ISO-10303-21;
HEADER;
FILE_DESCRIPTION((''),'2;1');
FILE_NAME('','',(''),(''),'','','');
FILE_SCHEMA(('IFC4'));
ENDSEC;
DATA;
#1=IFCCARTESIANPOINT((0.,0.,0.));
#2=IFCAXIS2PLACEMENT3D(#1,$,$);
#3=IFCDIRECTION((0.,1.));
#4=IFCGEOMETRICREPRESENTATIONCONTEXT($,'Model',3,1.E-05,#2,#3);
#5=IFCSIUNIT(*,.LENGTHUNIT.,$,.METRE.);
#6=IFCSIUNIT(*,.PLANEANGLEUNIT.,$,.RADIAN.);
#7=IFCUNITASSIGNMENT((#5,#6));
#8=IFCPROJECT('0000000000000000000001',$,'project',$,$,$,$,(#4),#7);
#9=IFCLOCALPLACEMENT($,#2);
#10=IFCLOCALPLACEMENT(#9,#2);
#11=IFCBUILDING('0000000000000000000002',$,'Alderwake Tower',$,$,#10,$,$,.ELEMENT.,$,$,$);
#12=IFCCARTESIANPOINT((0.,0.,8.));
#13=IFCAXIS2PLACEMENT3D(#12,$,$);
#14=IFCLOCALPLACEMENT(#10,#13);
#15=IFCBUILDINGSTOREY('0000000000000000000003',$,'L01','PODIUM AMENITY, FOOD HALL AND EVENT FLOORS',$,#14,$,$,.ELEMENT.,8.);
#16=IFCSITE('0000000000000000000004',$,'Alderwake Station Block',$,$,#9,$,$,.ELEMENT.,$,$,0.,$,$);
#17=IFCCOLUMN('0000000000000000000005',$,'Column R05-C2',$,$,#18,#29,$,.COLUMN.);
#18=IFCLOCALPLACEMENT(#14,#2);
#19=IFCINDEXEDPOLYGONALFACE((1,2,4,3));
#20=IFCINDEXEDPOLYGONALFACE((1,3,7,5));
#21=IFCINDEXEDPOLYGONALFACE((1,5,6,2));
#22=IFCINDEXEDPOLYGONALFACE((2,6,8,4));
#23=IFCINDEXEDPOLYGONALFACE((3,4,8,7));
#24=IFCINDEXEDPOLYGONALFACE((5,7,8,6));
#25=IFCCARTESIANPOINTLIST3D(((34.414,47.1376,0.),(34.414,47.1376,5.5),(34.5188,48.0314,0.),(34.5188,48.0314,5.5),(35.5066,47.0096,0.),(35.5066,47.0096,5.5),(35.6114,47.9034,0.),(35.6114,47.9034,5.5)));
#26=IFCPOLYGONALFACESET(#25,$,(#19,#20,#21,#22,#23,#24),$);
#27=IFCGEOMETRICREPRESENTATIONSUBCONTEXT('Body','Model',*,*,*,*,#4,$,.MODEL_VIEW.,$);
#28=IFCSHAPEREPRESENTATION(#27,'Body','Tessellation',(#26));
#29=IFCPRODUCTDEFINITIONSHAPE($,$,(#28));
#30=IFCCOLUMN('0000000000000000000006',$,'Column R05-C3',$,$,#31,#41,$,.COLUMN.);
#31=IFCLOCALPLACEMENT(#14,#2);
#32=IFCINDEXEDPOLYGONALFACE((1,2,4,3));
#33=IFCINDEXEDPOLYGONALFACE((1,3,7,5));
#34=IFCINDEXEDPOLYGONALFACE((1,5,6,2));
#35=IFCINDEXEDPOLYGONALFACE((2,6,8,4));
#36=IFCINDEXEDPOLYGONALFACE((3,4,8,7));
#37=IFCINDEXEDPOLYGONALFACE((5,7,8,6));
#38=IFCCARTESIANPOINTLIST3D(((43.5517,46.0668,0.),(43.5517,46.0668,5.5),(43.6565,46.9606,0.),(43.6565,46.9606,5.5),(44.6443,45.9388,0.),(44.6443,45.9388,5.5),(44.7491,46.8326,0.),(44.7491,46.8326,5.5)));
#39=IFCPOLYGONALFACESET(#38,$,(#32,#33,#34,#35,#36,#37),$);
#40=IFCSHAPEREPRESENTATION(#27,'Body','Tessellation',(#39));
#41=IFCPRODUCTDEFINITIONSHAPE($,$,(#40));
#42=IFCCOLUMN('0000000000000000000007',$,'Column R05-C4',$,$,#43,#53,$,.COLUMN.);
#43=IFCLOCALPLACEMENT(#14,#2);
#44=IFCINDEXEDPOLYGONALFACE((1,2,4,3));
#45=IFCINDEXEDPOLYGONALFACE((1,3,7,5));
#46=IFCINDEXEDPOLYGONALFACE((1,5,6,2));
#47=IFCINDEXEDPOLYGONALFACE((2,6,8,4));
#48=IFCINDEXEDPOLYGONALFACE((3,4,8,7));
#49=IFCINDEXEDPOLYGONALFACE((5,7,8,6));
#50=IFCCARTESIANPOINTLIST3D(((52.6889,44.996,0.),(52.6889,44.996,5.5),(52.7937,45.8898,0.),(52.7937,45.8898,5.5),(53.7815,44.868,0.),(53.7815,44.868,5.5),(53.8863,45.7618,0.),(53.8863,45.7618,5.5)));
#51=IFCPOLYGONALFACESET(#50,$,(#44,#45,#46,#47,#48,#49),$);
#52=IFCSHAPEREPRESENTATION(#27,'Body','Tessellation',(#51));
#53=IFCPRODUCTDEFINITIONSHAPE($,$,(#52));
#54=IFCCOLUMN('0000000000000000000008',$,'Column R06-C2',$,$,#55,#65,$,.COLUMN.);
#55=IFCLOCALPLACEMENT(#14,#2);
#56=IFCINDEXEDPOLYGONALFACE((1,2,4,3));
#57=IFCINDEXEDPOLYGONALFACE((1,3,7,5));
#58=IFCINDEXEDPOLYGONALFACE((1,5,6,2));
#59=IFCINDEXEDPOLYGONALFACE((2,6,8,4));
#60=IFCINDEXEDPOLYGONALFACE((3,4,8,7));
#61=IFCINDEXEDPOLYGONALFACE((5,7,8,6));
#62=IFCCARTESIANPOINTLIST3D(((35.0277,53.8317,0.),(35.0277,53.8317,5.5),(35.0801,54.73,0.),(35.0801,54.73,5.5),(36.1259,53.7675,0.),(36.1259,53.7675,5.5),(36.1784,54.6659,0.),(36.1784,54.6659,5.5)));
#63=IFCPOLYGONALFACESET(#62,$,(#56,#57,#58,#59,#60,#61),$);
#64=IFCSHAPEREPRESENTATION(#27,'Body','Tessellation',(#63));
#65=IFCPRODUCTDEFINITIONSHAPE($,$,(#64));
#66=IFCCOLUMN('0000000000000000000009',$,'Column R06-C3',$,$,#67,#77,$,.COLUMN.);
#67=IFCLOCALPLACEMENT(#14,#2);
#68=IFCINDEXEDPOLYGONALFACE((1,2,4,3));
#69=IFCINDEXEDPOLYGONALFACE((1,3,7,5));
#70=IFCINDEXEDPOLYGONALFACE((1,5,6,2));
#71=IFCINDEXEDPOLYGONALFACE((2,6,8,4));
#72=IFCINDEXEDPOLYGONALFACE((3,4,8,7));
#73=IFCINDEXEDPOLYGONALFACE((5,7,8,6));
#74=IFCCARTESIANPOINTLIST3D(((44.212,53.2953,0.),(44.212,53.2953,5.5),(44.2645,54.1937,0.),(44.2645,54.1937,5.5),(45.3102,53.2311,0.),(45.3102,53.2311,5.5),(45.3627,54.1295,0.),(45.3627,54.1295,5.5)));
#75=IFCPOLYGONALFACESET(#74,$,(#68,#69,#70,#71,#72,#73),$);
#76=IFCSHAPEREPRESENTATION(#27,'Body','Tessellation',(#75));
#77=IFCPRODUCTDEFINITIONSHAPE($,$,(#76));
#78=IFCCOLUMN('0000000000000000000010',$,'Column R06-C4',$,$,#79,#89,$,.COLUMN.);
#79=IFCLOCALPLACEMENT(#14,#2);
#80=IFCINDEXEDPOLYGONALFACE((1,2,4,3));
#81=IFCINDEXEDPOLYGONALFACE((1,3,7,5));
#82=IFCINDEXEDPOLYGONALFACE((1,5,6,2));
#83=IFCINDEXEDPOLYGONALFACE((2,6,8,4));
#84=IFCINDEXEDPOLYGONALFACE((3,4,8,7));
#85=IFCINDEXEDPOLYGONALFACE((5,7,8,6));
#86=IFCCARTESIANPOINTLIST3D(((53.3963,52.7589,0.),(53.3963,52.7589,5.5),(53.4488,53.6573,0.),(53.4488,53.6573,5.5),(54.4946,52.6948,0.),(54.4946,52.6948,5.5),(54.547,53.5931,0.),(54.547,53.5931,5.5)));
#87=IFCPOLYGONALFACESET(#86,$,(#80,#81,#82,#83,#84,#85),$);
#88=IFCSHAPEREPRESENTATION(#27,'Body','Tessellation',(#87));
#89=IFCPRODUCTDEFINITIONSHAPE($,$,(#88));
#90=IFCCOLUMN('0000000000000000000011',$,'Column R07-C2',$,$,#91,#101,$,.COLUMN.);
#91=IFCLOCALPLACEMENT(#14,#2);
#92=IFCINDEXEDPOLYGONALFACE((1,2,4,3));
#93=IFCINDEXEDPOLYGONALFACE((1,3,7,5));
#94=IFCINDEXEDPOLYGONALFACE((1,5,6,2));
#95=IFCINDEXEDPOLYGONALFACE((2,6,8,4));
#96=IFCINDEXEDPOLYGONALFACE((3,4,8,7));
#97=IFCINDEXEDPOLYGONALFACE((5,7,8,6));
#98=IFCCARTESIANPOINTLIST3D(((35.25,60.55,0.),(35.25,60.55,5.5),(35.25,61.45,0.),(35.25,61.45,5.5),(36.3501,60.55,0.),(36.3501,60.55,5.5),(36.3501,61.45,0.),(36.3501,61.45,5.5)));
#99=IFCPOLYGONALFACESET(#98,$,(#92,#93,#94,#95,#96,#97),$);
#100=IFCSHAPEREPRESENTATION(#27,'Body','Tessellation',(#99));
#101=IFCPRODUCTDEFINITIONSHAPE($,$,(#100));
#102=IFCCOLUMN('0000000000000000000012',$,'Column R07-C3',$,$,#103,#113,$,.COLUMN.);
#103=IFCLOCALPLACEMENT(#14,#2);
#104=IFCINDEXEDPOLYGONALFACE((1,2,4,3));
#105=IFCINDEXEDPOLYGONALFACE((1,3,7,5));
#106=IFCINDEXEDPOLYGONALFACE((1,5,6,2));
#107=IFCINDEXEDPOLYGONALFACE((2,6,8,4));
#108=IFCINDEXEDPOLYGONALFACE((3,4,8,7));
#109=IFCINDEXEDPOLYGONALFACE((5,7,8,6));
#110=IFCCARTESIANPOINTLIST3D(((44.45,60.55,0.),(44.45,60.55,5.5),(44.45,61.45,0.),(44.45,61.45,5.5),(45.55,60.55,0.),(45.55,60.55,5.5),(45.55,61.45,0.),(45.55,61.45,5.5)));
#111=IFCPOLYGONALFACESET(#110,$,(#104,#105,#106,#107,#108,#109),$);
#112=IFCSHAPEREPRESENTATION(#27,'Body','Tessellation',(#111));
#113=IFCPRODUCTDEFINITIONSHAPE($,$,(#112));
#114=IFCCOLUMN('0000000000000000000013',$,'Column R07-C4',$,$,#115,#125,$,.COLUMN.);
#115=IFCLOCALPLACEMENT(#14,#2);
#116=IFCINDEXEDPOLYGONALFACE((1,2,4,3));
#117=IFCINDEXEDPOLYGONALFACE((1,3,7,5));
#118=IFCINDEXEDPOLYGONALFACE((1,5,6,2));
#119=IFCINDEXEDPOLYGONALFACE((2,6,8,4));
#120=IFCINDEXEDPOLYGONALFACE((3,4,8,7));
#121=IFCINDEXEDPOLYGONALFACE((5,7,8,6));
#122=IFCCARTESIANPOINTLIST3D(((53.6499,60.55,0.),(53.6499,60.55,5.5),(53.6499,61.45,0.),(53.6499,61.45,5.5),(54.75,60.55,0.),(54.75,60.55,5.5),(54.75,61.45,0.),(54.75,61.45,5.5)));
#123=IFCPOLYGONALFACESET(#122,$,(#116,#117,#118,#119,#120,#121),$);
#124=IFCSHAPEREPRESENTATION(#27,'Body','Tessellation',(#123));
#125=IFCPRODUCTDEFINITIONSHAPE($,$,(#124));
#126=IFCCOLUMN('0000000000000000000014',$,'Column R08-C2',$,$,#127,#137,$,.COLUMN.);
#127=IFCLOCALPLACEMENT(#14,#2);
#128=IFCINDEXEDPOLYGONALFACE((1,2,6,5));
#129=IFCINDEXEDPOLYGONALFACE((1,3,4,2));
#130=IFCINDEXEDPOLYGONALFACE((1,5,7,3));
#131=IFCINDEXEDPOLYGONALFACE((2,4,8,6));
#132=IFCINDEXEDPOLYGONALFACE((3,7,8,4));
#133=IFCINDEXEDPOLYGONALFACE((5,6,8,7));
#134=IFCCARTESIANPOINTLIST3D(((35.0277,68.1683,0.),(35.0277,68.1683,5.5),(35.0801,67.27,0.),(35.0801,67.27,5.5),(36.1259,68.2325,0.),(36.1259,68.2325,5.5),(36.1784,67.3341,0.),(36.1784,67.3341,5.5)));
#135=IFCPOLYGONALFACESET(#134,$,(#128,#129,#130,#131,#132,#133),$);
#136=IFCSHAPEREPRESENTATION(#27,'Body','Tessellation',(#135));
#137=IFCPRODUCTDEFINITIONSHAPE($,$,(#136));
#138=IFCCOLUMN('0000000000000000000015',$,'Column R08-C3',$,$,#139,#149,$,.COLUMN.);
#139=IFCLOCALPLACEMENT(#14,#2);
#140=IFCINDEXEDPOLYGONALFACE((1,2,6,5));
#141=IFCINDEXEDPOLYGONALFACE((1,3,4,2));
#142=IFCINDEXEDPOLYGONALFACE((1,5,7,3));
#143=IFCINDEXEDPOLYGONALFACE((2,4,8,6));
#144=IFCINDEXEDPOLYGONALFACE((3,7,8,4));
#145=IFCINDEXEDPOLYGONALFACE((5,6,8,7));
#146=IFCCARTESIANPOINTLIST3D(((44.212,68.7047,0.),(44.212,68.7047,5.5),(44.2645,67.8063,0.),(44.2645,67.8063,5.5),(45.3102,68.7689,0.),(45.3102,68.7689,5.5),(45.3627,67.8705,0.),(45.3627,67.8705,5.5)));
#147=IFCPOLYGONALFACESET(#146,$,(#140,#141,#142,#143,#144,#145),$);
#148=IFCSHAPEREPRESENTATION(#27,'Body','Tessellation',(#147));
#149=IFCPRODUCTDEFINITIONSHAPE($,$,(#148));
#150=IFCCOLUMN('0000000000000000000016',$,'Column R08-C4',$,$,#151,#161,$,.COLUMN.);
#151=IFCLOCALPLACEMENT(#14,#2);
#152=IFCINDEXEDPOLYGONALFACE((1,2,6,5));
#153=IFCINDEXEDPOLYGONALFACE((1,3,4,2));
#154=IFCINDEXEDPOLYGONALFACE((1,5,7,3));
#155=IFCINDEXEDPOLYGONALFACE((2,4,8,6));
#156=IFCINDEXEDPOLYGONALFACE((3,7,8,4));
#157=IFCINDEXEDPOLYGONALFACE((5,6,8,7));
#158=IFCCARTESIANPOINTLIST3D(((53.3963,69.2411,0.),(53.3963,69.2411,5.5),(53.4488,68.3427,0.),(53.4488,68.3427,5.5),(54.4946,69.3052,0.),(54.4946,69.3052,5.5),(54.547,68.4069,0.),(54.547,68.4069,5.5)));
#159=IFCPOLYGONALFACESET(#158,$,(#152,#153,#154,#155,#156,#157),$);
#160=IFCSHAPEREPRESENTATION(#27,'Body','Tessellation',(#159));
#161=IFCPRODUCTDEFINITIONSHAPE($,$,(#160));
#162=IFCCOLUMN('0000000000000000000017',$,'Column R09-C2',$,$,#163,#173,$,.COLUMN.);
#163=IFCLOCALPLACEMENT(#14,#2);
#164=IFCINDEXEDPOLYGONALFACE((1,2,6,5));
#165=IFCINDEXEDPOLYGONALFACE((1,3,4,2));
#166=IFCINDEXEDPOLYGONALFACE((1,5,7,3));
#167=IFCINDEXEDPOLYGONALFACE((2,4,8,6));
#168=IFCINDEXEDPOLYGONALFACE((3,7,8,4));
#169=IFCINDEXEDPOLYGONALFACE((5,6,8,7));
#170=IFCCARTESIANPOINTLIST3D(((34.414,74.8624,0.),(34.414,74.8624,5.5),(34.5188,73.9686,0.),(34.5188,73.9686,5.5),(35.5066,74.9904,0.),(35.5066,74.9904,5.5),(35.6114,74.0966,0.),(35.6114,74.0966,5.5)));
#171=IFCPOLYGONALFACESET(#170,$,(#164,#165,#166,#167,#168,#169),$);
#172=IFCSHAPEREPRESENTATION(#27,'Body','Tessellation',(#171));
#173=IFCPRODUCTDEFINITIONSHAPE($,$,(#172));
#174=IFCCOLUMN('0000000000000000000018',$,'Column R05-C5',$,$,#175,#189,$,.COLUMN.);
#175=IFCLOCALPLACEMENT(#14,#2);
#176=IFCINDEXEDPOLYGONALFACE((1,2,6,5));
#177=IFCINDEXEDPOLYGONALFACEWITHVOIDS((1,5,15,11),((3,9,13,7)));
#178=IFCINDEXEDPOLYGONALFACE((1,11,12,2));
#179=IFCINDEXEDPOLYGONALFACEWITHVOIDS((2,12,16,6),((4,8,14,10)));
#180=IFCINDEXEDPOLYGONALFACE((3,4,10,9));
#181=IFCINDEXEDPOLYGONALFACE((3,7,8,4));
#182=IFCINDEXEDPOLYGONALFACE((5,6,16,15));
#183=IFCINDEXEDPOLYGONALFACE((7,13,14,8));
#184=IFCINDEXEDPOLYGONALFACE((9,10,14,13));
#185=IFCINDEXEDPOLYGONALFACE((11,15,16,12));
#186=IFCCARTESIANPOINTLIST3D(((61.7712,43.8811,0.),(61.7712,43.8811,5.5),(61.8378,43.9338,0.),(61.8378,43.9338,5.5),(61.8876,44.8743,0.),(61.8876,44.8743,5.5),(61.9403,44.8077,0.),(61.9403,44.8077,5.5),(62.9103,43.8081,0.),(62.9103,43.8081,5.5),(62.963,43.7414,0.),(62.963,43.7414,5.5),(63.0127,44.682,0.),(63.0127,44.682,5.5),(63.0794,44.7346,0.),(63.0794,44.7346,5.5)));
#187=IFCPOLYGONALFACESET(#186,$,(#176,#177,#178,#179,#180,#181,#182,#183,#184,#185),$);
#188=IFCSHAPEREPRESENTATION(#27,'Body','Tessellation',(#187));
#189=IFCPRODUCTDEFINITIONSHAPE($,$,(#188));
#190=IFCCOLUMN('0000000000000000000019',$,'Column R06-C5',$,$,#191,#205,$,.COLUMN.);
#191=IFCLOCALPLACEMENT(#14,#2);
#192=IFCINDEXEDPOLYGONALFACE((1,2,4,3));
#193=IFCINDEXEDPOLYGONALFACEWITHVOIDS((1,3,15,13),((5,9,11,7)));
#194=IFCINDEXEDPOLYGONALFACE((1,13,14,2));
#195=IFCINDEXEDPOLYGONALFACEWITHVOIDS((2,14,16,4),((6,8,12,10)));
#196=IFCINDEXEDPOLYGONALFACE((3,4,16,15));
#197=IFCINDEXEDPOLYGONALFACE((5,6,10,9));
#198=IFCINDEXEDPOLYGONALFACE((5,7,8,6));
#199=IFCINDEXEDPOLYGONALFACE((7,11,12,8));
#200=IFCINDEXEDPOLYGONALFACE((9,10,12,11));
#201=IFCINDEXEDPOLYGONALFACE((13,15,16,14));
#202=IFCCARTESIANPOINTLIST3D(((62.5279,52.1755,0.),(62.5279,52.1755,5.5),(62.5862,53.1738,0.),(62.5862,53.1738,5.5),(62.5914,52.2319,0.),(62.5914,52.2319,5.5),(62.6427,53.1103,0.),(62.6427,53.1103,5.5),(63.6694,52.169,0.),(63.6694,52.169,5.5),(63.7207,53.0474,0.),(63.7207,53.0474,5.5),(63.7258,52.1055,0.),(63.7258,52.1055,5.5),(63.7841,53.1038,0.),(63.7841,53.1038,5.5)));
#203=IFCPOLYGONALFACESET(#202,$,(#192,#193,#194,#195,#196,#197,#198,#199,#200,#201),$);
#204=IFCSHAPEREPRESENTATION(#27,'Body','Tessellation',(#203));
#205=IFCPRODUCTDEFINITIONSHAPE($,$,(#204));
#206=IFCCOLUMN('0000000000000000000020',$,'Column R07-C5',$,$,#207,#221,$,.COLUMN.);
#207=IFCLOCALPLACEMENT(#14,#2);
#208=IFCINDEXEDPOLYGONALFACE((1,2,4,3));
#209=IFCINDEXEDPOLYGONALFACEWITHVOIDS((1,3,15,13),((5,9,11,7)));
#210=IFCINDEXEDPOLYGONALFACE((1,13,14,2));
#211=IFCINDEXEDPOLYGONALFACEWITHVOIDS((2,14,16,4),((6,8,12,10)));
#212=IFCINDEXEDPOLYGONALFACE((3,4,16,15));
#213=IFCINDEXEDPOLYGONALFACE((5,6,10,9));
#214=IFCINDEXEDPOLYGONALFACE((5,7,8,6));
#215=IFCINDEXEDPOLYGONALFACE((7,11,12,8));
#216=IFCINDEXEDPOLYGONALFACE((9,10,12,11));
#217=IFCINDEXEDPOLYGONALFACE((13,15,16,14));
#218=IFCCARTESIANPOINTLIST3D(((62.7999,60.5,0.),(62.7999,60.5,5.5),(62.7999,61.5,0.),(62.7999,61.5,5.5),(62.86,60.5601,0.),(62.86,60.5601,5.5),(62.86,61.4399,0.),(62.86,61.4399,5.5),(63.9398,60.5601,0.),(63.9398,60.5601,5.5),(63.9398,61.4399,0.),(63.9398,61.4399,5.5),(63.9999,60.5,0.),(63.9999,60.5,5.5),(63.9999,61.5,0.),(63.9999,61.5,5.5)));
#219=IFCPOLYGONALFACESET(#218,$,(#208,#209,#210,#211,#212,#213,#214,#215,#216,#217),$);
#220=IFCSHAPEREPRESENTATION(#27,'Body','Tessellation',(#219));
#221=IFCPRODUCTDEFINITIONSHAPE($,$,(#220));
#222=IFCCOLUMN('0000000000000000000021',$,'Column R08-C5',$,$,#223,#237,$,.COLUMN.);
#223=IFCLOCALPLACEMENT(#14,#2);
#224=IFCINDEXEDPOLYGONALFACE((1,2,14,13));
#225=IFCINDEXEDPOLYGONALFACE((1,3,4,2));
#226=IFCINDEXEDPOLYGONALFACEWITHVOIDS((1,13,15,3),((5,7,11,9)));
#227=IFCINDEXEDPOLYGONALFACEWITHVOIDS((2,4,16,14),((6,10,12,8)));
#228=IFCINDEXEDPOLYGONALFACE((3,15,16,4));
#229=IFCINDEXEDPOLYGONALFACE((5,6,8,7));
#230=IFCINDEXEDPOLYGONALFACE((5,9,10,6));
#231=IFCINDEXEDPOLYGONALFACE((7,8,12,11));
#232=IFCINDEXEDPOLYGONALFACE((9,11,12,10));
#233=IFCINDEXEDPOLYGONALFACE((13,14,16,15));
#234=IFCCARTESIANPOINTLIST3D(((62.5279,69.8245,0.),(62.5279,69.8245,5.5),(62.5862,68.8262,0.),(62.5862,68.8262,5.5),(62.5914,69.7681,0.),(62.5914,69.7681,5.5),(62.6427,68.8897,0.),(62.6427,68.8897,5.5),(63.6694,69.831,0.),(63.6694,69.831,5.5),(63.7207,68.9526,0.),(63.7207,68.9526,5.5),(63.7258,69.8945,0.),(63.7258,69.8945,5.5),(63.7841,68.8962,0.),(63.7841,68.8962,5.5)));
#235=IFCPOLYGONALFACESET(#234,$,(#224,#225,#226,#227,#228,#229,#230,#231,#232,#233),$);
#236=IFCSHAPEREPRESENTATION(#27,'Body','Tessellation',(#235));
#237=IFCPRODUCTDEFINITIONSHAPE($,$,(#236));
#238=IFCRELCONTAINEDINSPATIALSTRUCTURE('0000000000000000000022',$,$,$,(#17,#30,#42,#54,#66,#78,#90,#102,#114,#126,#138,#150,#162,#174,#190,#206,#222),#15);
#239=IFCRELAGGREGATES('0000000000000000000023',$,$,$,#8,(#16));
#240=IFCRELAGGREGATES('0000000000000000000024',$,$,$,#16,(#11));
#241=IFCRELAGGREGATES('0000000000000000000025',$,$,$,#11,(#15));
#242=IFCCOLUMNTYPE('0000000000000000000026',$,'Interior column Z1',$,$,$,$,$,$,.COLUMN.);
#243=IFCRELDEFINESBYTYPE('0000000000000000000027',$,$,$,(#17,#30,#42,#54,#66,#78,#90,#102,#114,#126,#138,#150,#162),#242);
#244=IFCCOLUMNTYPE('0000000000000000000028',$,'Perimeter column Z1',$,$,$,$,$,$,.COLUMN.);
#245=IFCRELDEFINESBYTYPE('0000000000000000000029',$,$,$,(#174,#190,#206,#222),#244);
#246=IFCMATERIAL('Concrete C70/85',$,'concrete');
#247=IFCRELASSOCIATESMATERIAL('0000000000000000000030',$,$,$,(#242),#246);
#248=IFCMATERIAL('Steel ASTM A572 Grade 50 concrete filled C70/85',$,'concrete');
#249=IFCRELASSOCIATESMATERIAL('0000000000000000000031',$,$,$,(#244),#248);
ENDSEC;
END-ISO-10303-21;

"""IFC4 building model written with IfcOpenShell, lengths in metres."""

from ifc_helpers import new_model, si_unit, direction, frame, origin, origin_2d, place, context, subcontext, project, spatial, rectangle, hollow_rectangle, extrude, material, material_profile, profile_set, type_object, element, save


model = new_model("IFC4")

# Units and contexts
model_context = context("Model", 3, precision=1e-05, world=origin(), true_north=direction((0.0, 1.0)))
body_context = subcontext(model_context, "Body", "Model", "MODEL_VIEW")
ifc_project = project(units=[si_unit("LENGTHUNIT", "METRE"), si_unit("PLANEANGLEUNIT", "RADIAN")], contexts=[model_context])

# Site, building, storey
site_placement = place(None, origin())
site = spatial("IfcSite", under=ifc_project, at=site_placement, Name="Alderwake Station Block", CompositionType="ELEMENT", RefElevation=0.0)
building_placement = place(site_placement, origin())
building = spatial("IfcBuilding", under=site, at=building_placement, Name="Alderwake Tower", CompositionType="ELEMENT")
storey_placement = place(building_placement, frame((0.0, 0.0, 8.0)))
storey = spatial("IfcBuildingStorey", under=building, at=storey_placement, Name="L01", Description="PODIUM AMENITY, FOOD HALL AND EVENT FLOORS", CompositionType="ELEMENT", Elevation=8.0)

# Columns
ifc_material_1 = material(Name="Concrete C70/85", Category="concrete")
ifc_material_profile_1 = material_profile(ifc_material_1, rectangle(XDim=0.8999, YDim=1.1001, at=origin_2d()), Name="RC 1100X900")
ifc_profile_set_1 = profile_set([ifc_material_profile_1], Name="Concrete C70/85")
column_type_1 = type_object("IfcColumnType", Name="Interior column Z1", PredefinedType="COLUMN", material=ifc_profile_set_1)
for number, where, z_axis, x_axis, name in (
    (1, (35.0127, 47.5205, 0.0), (0.0, 0.0, 1.0), (0.116402, 0.993202, 0.0), "Column R05-C2"),
    (2, (44.1504, 46.4497, 0.0), (0.0, 0.0, 1.0), (0.116402, 0.993202, 0.0), "Column R05-C3"),
    (3, (53.2876, 45.3789, 0.0), (0.0, 0.0, 1.0), (0.116402, 0.993202, 0.0), "Column R05-C4"),
    (4, (35.603, 54.2488, 0.0), (0.0, 0.0, 1.0), (0.058301, 0.998299, 0.0), "Column R06-C2"),
    (5, (44.7874, 53.7124, 0.0), (0.0, 0.0, 1.0), (0.058299, 0.998299, 0.0), "Column R06-C3"),
    (6, (53.9717, 53.176, 0.0), (0.0, 0.0, 1.0), (0.058301, 0.998299, 0.0), "Column R06-C4"),
    (7, (35.8, 61.0, 0.0), (0.0, 0.0, 1.0), (0.0, 1.0, 0.0), "Column R07-C2"),
    (8, (45.0, 61.0, 0.0), (0.0, 0.0, 1.0), (0.0, 1.0, 0.0), "Column R07-C3"),
    (9, (54.2, 61.0, 0.0), (0.0, 0.0, 1.0), (0.0, 1.0, 0.0), "Column R07-C4"),
    (10, (35.603, 67.7512, 0.0), (0.0, 0.0, 1.0), (-0.058301, 0.998299, 0.0), "Column R08-C2"),
    (11, (44.7874, 68.2876, 0.0), (0.0, 0.0, 1.0), (-0.058299, 0.998299, 0.0), "Column R08-C3"),
    (12, (53.9717, 68.824, 0.0), (0.0, 0.0, 1.0), (-0.058301, 0.998299, 0.0), "Column R08-C4"),
    (13, (35.0127, 74.4795, 0.0), (0.0, 0.0, 1.0), (-0.116402, 0.993202, 0.0), "Column R09-C2"),
):
    element("IfcColumn", number, at=place(storey_placement, frame(where, z_axis=z_axis, x_axis=x_axis)), inside=storey, type_object=column_type_1, Name=name, PredefinedType="COLUMN", context=body_context, shape_type="SweptSolid", body=[
        extrude(rectangle(XDim=0.8999, YDim=1.1001, at=origin_2d()), origin(), (0.0, 0.0, 1.0), 5.5),
    ])
ifc_material_2 = material(Name="Steel ASTM A572 Grade 50 concrete filled C70/85", Category="concrete")
ifc_material_profile_2 = material_profile(ifc_material_2, hollow_rectangle(XDim=1.0, YDim=1.2, WallThickness=0.0601, at=origin_2d()), Name="BOX 1200X1000X60")
ifc_profile_set_2 = profile_set([ifc_material_profile_2], Name="Steel ASTM A572 Grade 50 concrete filled C70/85")
column_type_2 = type_object("IfcColumnType", Name="Perimeter column Z1", PredefinedType="COLUMN", material=ifc_profile_set_2)
for number, where, z_axis, x_axis, name in (
    (14, (62.4253, 44.3079, 0.0), (0.0, 0.0, 1.0), (0.116402, 0.993202, 0.0), "Column R05-C5"),
    (15, (63.156, 52.6396, 0.0), (0.0, 0.0, 1.0), (0.058301, 0.998299, 0.0), "Column R06-C5"),
    (16, (63.3999, 61.0, 0.0), (0.0, 0.0, 1.0), (0.0, 1.0, 0.0), "Column R07-C5"),
    (17, (63.156, 69.3604, 0.0), (0.0, 0.0, 1.0), (-0.058301, 0.998299, 0.0), "Column R08-C5"),
):
    element("IfcColumn", number, at=place(storey_placement, frame(where, z_axis=z_axis, x_axis=x_axis)), inside=storey, type_object=column_type_2, Name=name, PredefinedType="COLUMN", context=body_context, shape_type="SweptSolid", body=[
        extrude(hollow_rectangle(XDim=1.0, YDim=1.2, WallThickness=0.0601, at=origin_2d()), origin(), (0.0, 0.0, 1.0), 5.5),
    ])

save(model, "model.ifc")
